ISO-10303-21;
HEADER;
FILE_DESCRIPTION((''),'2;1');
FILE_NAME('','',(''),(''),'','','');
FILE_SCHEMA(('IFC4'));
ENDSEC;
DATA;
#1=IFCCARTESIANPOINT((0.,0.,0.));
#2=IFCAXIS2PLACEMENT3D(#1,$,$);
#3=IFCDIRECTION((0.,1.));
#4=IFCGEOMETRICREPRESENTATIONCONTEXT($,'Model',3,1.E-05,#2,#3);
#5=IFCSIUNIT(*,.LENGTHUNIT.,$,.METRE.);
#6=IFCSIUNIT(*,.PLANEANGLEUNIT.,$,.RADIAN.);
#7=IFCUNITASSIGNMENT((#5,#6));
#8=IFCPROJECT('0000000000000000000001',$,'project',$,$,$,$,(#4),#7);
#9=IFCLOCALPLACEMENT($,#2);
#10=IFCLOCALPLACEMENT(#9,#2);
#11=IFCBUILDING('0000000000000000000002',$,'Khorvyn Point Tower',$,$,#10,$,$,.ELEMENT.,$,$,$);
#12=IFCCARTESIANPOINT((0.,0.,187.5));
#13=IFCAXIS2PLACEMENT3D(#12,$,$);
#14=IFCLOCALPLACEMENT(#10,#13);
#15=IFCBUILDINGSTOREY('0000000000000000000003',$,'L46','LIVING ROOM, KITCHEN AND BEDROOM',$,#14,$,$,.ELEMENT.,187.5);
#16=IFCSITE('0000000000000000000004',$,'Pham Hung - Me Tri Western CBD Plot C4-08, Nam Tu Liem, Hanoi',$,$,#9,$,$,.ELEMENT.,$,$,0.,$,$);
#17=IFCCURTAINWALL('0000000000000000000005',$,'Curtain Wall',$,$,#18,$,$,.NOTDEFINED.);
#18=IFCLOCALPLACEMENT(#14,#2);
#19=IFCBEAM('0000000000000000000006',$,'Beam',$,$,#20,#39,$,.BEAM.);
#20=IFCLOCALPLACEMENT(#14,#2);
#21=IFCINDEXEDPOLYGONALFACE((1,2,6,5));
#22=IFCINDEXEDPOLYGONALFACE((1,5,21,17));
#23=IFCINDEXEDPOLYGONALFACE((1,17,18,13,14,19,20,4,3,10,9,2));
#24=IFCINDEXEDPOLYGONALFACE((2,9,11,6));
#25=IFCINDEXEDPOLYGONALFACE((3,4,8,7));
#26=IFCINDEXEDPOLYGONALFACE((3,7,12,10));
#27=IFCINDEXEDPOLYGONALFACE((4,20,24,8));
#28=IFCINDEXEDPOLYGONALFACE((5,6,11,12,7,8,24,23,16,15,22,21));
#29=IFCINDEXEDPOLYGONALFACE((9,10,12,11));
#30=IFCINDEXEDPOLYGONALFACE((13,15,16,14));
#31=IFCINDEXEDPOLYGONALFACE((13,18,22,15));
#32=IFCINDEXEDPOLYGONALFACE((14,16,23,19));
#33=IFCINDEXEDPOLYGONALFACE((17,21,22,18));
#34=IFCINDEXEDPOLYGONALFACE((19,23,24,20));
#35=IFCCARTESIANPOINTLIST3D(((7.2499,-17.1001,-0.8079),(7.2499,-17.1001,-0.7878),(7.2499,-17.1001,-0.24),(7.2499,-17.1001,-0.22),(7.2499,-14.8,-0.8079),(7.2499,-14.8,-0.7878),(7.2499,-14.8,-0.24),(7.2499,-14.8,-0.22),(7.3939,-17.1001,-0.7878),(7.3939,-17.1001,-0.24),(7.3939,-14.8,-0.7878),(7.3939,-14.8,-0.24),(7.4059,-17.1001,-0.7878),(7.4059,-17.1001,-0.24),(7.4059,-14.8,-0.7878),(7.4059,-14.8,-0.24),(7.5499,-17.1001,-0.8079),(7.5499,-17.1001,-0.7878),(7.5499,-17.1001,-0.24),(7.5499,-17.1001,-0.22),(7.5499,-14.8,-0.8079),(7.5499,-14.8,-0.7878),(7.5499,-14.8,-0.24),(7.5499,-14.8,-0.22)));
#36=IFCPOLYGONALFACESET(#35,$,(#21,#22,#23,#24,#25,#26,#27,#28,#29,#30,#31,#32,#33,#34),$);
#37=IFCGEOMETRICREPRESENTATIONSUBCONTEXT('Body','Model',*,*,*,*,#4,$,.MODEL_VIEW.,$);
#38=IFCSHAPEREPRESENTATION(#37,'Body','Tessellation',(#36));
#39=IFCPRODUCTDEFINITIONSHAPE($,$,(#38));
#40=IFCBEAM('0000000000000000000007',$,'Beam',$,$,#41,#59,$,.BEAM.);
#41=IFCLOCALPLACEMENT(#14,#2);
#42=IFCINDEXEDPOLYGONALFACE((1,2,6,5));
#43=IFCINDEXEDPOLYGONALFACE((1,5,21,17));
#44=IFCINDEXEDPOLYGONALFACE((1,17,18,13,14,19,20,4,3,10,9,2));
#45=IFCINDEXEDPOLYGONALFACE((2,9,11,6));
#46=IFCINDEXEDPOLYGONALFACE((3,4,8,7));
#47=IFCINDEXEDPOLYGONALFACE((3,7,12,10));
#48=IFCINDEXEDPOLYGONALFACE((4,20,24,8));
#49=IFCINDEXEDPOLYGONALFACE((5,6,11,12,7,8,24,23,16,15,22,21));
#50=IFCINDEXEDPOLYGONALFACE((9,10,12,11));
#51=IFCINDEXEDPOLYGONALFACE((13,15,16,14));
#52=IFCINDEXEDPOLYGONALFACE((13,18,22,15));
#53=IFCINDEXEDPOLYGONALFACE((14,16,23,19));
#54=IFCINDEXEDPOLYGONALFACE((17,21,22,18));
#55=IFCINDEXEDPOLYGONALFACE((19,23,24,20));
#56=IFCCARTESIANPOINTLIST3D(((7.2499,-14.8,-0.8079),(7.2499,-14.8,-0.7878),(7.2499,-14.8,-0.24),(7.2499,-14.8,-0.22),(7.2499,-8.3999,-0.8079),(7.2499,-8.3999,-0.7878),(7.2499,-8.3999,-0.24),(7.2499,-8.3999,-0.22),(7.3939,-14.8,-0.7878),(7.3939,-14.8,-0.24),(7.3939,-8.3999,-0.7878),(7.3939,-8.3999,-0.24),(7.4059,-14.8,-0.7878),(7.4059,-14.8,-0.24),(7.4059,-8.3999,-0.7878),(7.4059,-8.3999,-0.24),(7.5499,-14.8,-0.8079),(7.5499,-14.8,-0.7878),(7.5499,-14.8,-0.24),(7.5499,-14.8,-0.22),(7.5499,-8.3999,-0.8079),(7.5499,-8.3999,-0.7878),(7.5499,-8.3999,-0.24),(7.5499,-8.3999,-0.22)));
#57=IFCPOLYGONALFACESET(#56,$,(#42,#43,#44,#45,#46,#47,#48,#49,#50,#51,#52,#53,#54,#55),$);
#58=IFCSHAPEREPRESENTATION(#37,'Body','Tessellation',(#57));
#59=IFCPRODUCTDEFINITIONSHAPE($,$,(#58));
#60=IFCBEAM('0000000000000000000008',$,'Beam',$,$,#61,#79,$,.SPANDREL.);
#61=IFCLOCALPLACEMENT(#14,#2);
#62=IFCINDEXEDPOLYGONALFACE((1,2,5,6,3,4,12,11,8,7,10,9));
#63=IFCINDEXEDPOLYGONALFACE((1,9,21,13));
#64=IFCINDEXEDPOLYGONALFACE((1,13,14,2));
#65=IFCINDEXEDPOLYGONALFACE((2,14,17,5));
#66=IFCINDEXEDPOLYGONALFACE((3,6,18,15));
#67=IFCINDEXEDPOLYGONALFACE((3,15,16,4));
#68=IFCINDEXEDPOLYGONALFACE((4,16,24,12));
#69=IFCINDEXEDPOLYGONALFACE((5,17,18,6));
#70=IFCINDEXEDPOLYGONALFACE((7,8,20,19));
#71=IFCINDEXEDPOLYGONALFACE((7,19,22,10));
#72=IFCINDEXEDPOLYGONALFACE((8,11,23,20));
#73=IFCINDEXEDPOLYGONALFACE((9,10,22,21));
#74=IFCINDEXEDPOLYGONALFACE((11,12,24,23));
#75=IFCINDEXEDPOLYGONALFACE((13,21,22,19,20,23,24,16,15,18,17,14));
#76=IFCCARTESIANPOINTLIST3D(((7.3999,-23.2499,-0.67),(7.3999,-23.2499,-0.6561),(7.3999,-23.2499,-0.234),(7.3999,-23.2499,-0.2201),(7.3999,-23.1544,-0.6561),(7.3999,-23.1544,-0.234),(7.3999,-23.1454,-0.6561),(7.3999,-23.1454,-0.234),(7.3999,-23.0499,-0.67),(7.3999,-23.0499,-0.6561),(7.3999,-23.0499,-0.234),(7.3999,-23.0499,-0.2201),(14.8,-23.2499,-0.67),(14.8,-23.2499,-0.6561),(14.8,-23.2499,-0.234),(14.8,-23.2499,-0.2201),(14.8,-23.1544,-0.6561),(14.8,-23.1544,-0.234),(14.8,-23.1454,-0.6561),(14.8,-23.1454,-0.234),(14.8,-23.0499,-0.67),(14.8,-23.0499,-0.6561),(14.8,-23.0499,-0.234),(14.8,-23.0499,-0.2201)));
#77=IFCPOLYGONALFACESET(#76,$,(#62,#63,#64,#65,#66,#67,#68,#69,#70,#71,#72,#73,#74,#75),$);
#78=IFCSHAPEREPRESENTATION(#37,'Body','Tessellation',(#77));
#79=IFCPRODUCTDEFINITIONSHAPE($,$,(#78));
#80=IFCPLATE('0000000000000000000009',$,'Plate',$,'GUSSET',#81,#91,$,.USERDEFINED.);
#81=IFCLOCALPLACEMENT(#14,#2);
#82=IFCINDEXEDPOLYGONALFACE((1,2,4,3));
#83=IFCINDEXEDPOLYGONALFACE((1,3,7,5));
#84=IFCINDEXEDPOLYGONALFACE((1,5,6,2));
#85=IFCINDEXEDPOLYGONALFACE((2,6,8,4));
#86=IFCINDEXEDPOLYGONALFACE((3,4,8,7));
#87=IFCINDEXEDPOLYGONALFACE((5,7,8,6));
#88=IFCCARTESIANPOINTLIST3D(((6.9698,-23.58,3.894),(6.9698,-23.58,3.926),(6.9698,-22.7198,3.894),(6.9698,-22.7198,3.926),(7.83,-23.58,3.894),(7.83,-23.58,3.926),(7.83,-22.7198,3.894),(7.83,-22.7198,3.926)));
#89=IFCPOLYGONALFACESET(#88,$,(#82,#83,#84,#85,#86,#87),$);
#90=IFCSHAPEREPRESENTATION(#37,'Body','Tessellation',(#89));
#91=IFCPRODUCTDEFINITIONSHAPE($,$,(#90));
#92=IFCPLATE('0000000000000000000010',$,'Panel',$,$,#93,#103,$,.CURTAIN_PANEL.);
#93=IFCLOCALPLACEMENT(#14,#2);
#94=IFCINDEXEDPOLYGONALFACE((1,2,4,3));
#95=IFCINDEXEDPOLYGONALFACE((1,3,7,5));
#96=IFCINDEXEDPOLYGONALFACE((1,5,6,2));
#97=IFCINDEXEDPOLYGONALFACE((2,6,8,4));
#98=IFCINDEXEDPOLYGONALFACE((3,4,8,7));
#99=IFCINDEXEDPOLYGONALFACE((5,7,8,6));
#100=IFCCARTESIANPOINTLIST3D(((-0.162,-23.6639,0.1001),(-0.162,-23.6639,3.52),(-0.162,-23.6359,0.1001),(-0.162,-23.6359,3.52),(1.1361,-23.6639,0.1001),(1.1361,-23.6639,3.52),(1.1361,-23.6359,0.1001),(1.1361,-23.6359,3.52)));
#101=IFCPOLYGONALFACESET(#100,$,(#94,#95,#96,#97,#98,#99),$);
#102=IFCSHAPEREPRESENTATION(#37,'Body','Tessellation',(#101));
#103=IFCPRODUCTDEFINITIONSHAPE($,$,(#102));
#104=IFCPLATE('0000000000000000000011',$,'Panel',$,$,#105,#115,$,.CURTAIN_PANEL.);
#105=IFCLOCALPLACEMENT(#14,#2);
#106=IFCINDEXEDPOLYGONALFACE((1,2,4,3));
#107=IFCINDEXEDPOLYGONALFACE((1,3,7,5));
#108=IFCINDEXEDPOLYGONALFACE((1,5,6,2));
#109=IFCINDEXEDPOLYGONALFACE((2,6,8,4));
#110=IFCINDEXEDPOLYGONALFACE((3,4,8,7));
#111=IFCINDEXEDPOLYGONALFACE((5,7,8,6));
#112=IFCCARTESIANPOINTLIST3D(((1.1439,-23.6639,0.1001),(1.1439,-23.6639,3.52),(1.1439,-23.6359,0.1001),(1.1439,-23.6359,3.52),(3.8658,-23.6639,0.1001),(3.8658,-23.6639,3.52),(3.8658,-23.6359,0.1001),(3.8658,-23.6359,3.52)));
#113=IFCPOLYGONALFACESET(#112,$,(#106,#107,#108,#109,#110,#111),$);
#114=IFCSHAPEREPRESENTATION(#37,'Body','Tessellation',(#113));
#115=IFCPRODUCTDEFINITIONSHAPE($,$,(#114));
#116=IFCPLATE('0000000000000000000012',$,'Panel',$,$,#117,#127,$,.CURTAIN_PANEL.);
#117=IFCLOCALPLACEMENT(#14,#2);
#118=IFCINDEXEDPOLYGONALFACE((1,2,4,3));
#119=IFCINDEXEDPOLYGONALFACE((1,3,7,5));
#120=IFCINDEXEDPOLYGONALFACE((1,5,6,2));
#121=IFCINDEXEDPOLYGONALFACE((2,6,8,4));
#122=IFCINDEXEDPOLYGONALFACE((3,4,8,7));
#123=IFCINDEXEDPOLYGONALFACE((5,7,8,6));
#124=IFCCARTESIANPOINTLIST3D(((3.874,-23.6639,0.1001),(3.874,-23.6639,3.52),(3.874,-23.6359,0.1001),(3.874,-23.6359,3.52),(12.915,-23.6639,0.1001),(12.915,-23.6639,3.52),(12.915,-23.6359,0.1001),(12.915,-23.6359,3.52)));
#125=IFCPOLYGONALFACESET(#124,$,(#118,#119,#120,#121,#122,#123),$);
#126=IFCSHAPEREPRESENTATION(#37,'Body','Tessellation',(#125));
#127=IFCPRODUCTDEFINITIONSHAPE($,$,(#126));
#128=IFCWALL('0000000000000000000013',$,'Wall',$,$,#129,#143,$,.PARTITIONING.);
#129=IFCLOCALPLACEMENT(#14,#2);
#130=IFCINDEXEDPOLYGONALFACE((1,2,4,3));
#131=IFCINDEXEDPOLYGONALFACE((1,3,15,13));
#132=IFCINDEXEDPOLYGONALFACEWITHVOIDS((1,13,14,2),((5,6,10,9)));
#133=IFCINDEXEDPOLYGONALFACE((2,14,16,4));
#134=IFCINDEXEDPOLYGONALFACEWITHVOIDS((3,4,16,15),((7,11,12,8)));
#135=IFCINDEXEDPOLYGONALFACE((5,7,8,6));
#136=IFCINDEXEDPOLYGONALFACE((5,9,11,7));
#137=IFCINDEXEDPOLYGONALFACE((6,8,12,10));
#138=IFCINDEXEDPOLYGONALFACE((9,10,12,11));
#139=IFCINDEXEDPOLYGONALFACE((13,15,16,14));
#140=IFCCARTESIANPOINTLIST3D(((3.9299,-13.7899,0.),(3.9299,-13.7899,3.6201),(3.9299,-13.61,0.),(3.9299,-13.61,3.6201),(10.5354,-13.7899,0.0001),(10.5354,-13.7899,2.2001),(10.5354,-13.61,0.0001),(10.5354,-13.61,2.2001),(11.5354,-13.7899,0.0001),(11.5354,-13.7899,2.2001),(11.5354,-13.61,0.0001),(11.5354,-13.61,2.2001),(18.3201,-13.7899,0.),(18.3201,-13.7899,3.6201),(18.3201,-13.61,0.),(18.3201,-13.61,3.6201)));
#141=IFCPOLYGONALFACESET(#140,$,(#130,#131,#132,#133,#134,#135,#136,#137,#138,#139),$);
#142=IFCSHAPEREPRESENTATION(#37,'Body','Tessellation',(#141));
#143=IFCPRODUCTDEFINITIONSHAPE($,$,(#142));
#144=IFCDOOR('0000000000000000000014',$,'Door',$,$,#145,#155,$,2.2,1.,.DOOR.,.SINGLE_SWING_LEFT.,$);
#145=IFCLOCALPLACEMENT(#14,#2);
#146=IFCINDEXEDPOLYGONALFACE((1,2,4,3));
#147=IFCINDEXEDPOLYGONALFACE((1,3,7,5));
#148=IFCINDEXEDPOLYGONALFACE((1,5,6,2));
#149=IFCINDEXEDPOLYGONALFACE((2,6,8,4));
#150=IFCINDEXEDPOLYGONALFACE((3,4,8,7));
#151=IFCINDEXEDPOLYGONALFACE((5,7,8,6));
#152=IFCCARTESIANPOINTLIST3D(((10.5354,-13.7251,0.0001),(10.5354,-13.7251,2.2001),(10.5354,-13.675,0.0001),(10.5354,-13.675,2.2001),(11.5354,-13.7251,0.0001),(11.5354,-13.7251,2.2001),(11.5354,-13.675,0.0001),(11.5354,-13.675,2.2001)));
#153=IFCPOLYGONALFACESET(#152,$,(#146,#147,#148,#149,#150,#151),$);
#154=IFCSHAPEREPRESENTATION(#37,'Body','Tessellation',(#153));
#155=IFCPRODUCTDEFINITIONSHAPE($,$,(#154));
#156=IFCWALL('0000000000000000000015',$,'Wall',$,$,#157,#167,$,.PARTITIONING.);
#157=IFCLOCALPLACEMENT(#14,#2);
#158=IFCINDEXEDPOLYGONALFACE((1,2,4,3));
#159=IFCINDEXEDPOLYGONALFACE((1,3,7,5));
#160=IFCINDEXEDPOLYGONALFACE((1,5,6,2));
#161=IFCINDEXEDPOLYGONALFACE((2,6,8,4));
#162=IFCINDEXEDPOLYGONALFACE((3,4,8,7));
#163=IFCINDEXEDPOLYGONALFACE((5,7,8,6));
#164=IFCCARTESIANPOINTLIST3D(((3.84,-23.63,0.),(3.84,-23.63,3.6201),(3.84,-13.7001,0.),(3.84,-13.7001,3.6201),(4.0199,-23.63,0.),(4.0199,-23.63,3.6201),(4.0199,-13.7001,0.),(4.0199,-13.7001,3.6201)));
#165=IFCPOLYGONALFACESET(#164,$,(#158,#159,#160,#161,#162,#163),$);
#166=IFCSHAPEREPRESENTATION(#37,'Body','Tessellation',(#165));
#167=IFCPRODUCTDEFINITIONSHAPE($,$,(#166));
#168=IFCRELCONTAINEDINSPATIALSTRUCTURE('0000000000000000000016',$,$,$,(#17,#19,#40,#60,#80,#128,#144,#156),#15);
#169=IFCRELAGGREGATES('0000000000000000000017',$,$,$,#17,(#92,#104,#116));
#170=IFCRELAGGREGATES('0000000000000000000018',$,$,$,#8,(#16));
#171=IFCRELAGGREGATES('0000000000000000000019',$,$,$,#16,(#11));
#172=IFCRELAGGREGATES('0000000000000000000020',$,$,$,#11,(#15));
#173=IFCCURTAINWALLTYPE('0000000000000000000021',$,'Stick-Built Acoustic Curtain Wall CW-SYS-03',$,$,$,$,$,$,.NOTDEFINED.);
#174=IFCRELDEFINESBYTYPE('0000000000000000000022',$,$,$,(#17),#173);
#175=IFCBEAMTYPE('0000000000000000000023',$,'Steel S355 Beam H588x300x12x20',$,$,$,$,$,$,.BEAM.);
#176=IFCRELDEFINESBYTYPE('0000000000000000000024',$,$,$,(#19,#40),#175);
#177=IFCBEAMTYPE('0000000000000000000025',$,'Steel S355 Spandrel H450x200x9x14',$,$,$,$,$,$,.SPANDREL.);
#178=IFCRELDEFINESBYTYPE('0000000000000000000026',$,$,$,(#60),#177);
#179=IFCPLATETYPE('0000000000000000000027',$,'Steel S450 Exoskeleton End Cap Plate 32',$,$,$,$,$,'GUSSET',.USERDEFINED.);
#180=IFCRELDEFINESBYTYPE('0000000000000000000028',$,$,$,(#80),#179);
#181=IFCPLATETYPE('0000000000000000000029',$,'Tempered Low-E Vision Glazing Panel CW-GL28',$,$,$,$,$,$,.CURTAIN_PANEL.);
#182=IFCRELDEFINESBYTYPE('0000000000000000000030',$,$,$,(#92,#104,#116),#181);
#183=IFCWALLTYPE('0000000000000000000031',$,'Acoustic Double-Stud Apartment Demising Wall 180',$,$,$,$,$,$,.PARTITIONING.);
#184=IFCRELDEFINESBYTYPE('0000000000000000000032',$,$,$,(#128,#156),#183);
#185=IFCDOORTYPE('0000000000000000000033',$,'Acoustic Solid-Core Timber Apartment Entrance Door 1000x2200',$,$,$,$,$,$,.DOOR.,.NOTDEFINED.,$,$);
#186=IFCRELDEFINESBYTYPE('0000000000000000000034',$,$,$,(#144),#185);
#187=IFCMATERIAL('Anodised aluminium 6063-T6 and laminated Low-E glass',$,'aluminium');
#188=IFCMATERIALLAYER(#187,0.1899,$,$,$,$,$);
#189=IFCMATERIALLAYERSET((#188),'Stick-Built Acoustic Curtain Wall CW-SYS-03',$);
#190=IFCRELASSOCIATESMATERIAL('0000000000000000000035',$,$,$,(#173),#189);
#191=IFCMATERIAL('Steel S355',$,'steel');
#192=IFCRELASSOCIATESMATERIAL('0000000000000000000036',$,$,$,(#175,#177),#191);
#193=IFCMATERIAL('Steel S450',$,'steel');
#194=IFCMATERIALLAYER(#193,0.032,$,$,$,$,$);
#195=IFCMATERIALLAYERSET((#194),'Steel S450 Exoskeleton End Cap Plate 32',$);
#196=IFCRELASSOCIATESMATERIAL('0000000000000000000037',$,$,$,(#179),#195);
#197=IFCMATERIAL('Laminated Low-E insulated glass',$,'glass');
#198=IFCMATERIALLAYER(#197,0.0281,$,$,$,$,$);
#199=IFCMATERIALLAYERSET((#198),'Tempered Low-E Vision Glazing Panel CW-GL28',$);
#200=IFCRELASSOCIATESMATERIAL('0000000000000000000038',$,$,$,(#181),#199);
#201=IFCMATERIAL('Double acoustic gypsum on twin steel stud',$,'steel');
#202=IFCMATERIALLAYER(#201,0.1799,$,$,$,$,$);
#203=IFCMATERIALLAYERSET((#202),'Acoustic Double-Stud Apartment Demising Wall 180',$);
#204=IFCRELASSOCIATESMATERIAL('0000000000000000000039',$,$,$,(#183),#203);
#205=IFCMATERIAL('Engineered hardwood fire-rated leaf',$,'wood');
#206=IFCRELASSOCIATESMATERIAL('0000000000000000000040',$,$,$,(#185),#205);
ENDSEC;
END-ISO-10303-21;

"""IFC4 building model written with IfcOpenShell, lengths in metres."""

from ifc_helpers import new_model, si_unit, direction, frame, frame_2d, origin, origin_2d, place, context, subcontext, project, spatial, rectangle, i_section, extrude, material, layer, layer_set, material_profile, profile_set, type_object, element, fill, aggregate, save


model = new_model("IFC4")

# Units and contexts
model_context = context("Model", 3, precision=1e-05, world=origin(), true_north=direction((0.0, 1.0)))
body_context = subcontext(model_context, "Body", "Model", "MODEL_VIEW")
ifc_project = project(units=[si_unit("LENGTHUNIT", "METRE"), si_unit("PLANEANGLEUNIT", "RADIAN")], contexts=[model_context])

# Site, building, storey
site_placement = place(None, origin())
site = spatial("IfcSite", under=ifc_project, at=site_placement, Name="Pham Hung - Me Tri Western CBD Plot C4-08, Nam Tu Liem, Hanoi", CompositionType="ELEMENT", RefElevation=0.0)
building_placement = place(site_placement, origin())
building = spatial("IfcBuilding", under=site, at=building_placement, Name="Khorvyn Point Tower", CompositionType="ELEMENT")
storey_placement = place(building_placement, frame((0.0, 0.0, 187.5)))
storey = spatial("IfcBuildingStorey", under=building, at=storey_placement, Name="L46", Description="LIVING ROOM, KITCHEN AND BEDROOM", CompositionType="ELEMENT", Elevation=187.5)

# Shared definitions
ifc_material_1 = material(Name="Steel S450", Category="steel")

# Curtain wall
ifc_material_2 = material(Name="Anodised aluminium 6063-T6 and laminated Low-E glass", Category="aluminium")
ifc_layer_1 = layer(ifc_material_2, 0.1899)
ifc_layer_set_1 = layer_set([ifc_layer_1], Name="Stick-Built Acoustic Curtain Wall CW-SYS-03")
curtain_wall_type = type_object("IfcCurtainWallType", Name="Stick-Built Acoustic Curtain Wall CW-SYS-03", PredefinedType="NOTDEFINED", material=ifc_layer_set_1)
curtain_wall_1_placement = place(storey_placement, origin())
curtain_wall_1 = element("IfcCurtainWall", 1, at=curtain_wall_1_placement, inside=storey, type_object=curtain_wall_type, Name="Curtain Wall", PredefinedType="NOTDEFINED")

# Beams
ifc_material_3 = material(Name="Steel S355", Category="steel")
ifc_material_profile_1 = material_profile(ifc_material_3, i_section(OverallWidth=0.3, OverallDepth=0.5879, WebThickness=0.012, FlangeThickness=0.02, at=origin_2d()))
ifc_profile_set_1 = profile_set([ifc_material_profile_1], Name="Steel S355 H588x300x12x20")
beam_type_1 = type_object("IfcBeamType", Name="Steel S355 Beam H588x300x12x20", PredefinedType="BEAM", material=ifc_profile_set_1)
beam_1_placement = place(storey_placement, frame((7.3999, -17.1001, -0.5139), z_axis=(0.0, 1.0, 0.0), x_axis=(-1.0, 0.0, 0.0)))
element("IfcBeam", 2, at=beam_1_placement, inside=storey, type_object=beam_type_1, Name="Beam", PredefinedType="BEAM", context=body_context, shape_type="SweptSolid", body=[
    extrude(i_section(OverallWidth=0.3, OverallDepth=0.5879, WebThickness=0.012, FlangeThickness=0.02, at=origin_2d()), origin(), (0.0, 0.0, 1.0), 2.3),
])
beam_2_placement = place(storey_placement, frame((7.3999, -14.8, -0.5139), z_axis=(0.0, 1.0, 0.0), x_axis=(-1.0, 0.0, 0.0)))
element("IfcBeam", 3, at=beam_2_placement, inside=storey, type_object=beam_type_1, Name="Beam", PredefinedType="BEAM", context=body_context, shape_type="SweptSolid", body=[
    extrude(i_section(OverallWidth=0.3, OverallDepth=0.5879, WebThickness=0.012, FlangeThickness=0.02, at=origin_2d()), origin(), (0.0, 0.0, 1.0), 6.4001),
])
ifc_material_profile_2 = material_profile(ifc_material_3, i_section(OverallWidth=0.2, OverallDepth=0.45, WebThickness=0.009, FlangeThickness=0.0139, at=origin_2d()))
ifc_profile_set_2 = profile_set([ifc_material_profile_2], Name="Steel S355 H450x200x9x14")
beam_type_2 = type_object("IfcBeamType", Name="Steel S355 Spandrel H450x200x9x14", PredefinedType="SPANDREL", material=ifc_profile_set_2)
beam_3_placement = place(storey_placement, frame((7.3999, -23.1499, -0.4451), z_axis=(1.0, 0.0, 0.0), x_axis=(0.0, 1.0, 0.0)))
element("IfcBeam", 4, at=beam_3_placement, inside=storey, type_object=beam_type_2, Name="Beam", PredefinedType="SPANDREL", context=body_context, shape_type="SweptSolid", body=[
    extrude(i_section(OverallWidth=0.2, OverallDepth=0.45, WebThickness=0.009, FlangeThickness=0.0139, at=origin_2d()), origin(), (0.0, 0.0, 1.0), 7.4001),
])

# Plates
ifc_layer_2 = layer(ifc_material_1, 0.032)
ifc_layer_set_2 = layer_set([ifc_layer_2], Name="Steel S450 Exoskeleton End Cap Plate 32")
plate_type_1 = type_object("IfcPlateType", Name="Steel S450 Exoskeleton End Cap Plate 32", ElementType="GUSSET", PredefinedType="USERDEFINED", material=ifc_layer_set_2)
plate_1_placement = place(storey_placement, frame((7.3999, -23.1499, 3.894), z_axis=(0.0, 0.0, 1.0), x_axis=(1.0, 0.0, 0.0)))
element("IfcPlate", 5, at=plate_1_placement, inside=storey, type_object=plate_type_1, Name="Plate", ObjectType="GUSSET", PredefinedType="USERDEFINED", context=body_context, shape_type="SweptSolid", body=[
    extrude(rectangle(XDim=0.8601, YDim=0.8601, at=origin_2d()), origin(), (0.0, 0.0, 1.0), 0.032),
])
ifc_material_4 = material(Name="Laminated Low-E insulated glass", Category="glass")
ifc_layer_3 = layer(ifc_material_4, 0.0281)
ifc_layer_set_3 = layer_set([ifc_layer_3], Name="Tempered Low-E Vision Glazing Panel CW-GL28")
plate_type_2 = type_object("IfcPlateType", Name="Tempered Low-E Vision Glazing Panel CW-GL28", PredefinedType="CURTAIN_PANEL", material=ifc_layer_set_3)
plate_2_placement = place(storey_placement, frame((0.4871, -23.6499, 0.1001), z_axis=(0.0, 0.0, 1.0), x_axis=(-1.0, 0.0, 0.0)))
plate_2 = element("IfcPlate", 6, at=plate_2_placement, type_object=plate_type_2, Name="Panel", PredefinedType="CURTAIN_PANEL", context=body_context, shape_type="SweptSolid", body=[
    extrude(rectangle(XDim=1.2981, YDim=0.0281, at=origin_2d()), origin(), (0.0, 0.0, 1.0), 3.4199),
])
plate_3_placement = place(storey_placement, frame((2.5049, -23.6499, 0.1001), z_axis=(0.0, 0.0, 1.0), x_axis=(-1.0, 0.0, 0.0)))
plate_3 = element("IfcPlate", 7, at=plate_3_placement, type_object=plate_type_2, Name="Panel", PredefinedType="CURTAIN_PANEL", context=body_context, shape_type="SweptSolid", body=[
    extrude(rectangle(XDim=2.7219, YDim=0.0281, at=origin_2d()), origin(), (0.0, 0.0, 1.0), 3.4199),
])
plate_4_placement = place(storey_placement, frame((8.3945, -23.6499, 0.1001), z_axis=(0.0, 0.0, 1.0), x_axis=(-1.0, 0.0, 0.0)))
plate_4 = element("IfcPlate", 8, at=plate_4_placement, type_object=plate_type_2, Name="Panel", PredefinedType="CURTAIN_PANEL", context=body_context, shape_type="SweptSolid", body=[
    extrude(rectangle(XDim=9.041, YDim=0.0281, at=origin_2d()), origin(), (0.0, 0.0, 1.0), 3.4199),
])
aggregate(curtain_wall_1, [plate_2, plate_3, plate_4])

# Wall, opening, door
ifc_material_5 = material(Name="Double acoustic gypsum on twin steel stud", Category="steel")
ifc_layer_4 = layer(ifc_material_5, 0.1799)
ifc_layer_set_4 = layer_set([ifc_layer_4], Name="Acoustic Double-Stud Apartment Demising Wall 180")
wall_type_1 = type_object("IfcWallType", Name="Acoustic Double-Stud Apartment Demising Wall 180", PredefinedType="PARTITIONING", material=ifc_layer_set_4)
wall_1_placement = place(storey_placement, frame((3.9299, -13.7, 0.0), z_axis=(0.0, 0.0, 1.0), x_axis=(1.0, 0.0, 0.0)))
wall_1 = element("IfcWall", 9, at=wall_1_placement, inside=storey, type_object=wall_type_1, Name="Wall", PredefinedType="PARTITIONING", context=body_context, shape_type="SweptSolid", body=[
    extrude(rectangle(XDim=14.3901, YDim=0.1799, at=frame_2d((7.1951, 0.0))), origin(), (0.0, 0.0, 1.0), 3.6201),
])
opening_1_placement = place(wall_1_placement, frame((6.6055, 0.0, 0.0)))
opening_1 = element("IfcOpeningElement", 10, at=opening_1_placement, cuts=wall_1, PredefinedType="OPENING", context=body_context, shape_type="SweptSolid", body=[
    extrude(rectangle(XDim=1.0, YDim=2.2, at=frame_2d((0.5, 1.1001))), frame((0.0, 0.0999, 0.0), z_axis=(0.0, -1.0, 0.0), x_axis=(1.0, 0.0, 0.0)), (0.0, 0.0, 1.0), 0.2),
])
ifc_material_6 = material(Name="Engineered hardwood fire-rated leaf", Category="wood")
door_type_1 = type_object("IfcDoorType", Name="Acoustic Solid-Core Timber Apartment Entrance Door 1000x2200", OperationType="NOTDEFINED", PredefinedType="DOOR", material=ifc_material_6)
door_1_placement = place(opening_1_placement, origin())
door_1 = element("IfcDoor", 11, at=door_1_placement, inside=storey, type_object=door_type_1, Name="Door", OperationType="SINGLE_SWING_LEFT", OverallHeight=2.2, OverallWidth=1.0, PredefinedType="DOOR", context=body_context, shape_type="SweptSolid", body=[
    extrude(rectangle(XDim=1.0, YDim=2.2, at=frame_2d((0.5, 1.1001))), frame((0.0, 0.0249, 0.0), z_axis=(0.0, -1.0, 0.0), x_axis=(1.0, 0.0, 0.0)), (0.0, 0.0, 1.0), 0.05),
])
fill(opening_1, door_1)

# Wall
wall_2_placement = place(storey_placement, frame((3.9299, -23.6299, 0.0), z_axis=(0.0, 0.0, 1.0), x_axis=(0.0, 1.0, 0.0)))
element("IfcWall", 12, at=wall_2_placement, inside=storey, type_object=wall_type_1, Name="Wall", PredefinedType="PARTITIONING", context=body_context, shape_type="SweptSolid", body=[
    extrude(rectangle(XDim=9.9299, YDim=0.1799, at=frame_2d((4.9648, 0.0))), origin(), (0.0, 0.0, 1.0), 3.6201),
])

save(model, "model.ifc")
